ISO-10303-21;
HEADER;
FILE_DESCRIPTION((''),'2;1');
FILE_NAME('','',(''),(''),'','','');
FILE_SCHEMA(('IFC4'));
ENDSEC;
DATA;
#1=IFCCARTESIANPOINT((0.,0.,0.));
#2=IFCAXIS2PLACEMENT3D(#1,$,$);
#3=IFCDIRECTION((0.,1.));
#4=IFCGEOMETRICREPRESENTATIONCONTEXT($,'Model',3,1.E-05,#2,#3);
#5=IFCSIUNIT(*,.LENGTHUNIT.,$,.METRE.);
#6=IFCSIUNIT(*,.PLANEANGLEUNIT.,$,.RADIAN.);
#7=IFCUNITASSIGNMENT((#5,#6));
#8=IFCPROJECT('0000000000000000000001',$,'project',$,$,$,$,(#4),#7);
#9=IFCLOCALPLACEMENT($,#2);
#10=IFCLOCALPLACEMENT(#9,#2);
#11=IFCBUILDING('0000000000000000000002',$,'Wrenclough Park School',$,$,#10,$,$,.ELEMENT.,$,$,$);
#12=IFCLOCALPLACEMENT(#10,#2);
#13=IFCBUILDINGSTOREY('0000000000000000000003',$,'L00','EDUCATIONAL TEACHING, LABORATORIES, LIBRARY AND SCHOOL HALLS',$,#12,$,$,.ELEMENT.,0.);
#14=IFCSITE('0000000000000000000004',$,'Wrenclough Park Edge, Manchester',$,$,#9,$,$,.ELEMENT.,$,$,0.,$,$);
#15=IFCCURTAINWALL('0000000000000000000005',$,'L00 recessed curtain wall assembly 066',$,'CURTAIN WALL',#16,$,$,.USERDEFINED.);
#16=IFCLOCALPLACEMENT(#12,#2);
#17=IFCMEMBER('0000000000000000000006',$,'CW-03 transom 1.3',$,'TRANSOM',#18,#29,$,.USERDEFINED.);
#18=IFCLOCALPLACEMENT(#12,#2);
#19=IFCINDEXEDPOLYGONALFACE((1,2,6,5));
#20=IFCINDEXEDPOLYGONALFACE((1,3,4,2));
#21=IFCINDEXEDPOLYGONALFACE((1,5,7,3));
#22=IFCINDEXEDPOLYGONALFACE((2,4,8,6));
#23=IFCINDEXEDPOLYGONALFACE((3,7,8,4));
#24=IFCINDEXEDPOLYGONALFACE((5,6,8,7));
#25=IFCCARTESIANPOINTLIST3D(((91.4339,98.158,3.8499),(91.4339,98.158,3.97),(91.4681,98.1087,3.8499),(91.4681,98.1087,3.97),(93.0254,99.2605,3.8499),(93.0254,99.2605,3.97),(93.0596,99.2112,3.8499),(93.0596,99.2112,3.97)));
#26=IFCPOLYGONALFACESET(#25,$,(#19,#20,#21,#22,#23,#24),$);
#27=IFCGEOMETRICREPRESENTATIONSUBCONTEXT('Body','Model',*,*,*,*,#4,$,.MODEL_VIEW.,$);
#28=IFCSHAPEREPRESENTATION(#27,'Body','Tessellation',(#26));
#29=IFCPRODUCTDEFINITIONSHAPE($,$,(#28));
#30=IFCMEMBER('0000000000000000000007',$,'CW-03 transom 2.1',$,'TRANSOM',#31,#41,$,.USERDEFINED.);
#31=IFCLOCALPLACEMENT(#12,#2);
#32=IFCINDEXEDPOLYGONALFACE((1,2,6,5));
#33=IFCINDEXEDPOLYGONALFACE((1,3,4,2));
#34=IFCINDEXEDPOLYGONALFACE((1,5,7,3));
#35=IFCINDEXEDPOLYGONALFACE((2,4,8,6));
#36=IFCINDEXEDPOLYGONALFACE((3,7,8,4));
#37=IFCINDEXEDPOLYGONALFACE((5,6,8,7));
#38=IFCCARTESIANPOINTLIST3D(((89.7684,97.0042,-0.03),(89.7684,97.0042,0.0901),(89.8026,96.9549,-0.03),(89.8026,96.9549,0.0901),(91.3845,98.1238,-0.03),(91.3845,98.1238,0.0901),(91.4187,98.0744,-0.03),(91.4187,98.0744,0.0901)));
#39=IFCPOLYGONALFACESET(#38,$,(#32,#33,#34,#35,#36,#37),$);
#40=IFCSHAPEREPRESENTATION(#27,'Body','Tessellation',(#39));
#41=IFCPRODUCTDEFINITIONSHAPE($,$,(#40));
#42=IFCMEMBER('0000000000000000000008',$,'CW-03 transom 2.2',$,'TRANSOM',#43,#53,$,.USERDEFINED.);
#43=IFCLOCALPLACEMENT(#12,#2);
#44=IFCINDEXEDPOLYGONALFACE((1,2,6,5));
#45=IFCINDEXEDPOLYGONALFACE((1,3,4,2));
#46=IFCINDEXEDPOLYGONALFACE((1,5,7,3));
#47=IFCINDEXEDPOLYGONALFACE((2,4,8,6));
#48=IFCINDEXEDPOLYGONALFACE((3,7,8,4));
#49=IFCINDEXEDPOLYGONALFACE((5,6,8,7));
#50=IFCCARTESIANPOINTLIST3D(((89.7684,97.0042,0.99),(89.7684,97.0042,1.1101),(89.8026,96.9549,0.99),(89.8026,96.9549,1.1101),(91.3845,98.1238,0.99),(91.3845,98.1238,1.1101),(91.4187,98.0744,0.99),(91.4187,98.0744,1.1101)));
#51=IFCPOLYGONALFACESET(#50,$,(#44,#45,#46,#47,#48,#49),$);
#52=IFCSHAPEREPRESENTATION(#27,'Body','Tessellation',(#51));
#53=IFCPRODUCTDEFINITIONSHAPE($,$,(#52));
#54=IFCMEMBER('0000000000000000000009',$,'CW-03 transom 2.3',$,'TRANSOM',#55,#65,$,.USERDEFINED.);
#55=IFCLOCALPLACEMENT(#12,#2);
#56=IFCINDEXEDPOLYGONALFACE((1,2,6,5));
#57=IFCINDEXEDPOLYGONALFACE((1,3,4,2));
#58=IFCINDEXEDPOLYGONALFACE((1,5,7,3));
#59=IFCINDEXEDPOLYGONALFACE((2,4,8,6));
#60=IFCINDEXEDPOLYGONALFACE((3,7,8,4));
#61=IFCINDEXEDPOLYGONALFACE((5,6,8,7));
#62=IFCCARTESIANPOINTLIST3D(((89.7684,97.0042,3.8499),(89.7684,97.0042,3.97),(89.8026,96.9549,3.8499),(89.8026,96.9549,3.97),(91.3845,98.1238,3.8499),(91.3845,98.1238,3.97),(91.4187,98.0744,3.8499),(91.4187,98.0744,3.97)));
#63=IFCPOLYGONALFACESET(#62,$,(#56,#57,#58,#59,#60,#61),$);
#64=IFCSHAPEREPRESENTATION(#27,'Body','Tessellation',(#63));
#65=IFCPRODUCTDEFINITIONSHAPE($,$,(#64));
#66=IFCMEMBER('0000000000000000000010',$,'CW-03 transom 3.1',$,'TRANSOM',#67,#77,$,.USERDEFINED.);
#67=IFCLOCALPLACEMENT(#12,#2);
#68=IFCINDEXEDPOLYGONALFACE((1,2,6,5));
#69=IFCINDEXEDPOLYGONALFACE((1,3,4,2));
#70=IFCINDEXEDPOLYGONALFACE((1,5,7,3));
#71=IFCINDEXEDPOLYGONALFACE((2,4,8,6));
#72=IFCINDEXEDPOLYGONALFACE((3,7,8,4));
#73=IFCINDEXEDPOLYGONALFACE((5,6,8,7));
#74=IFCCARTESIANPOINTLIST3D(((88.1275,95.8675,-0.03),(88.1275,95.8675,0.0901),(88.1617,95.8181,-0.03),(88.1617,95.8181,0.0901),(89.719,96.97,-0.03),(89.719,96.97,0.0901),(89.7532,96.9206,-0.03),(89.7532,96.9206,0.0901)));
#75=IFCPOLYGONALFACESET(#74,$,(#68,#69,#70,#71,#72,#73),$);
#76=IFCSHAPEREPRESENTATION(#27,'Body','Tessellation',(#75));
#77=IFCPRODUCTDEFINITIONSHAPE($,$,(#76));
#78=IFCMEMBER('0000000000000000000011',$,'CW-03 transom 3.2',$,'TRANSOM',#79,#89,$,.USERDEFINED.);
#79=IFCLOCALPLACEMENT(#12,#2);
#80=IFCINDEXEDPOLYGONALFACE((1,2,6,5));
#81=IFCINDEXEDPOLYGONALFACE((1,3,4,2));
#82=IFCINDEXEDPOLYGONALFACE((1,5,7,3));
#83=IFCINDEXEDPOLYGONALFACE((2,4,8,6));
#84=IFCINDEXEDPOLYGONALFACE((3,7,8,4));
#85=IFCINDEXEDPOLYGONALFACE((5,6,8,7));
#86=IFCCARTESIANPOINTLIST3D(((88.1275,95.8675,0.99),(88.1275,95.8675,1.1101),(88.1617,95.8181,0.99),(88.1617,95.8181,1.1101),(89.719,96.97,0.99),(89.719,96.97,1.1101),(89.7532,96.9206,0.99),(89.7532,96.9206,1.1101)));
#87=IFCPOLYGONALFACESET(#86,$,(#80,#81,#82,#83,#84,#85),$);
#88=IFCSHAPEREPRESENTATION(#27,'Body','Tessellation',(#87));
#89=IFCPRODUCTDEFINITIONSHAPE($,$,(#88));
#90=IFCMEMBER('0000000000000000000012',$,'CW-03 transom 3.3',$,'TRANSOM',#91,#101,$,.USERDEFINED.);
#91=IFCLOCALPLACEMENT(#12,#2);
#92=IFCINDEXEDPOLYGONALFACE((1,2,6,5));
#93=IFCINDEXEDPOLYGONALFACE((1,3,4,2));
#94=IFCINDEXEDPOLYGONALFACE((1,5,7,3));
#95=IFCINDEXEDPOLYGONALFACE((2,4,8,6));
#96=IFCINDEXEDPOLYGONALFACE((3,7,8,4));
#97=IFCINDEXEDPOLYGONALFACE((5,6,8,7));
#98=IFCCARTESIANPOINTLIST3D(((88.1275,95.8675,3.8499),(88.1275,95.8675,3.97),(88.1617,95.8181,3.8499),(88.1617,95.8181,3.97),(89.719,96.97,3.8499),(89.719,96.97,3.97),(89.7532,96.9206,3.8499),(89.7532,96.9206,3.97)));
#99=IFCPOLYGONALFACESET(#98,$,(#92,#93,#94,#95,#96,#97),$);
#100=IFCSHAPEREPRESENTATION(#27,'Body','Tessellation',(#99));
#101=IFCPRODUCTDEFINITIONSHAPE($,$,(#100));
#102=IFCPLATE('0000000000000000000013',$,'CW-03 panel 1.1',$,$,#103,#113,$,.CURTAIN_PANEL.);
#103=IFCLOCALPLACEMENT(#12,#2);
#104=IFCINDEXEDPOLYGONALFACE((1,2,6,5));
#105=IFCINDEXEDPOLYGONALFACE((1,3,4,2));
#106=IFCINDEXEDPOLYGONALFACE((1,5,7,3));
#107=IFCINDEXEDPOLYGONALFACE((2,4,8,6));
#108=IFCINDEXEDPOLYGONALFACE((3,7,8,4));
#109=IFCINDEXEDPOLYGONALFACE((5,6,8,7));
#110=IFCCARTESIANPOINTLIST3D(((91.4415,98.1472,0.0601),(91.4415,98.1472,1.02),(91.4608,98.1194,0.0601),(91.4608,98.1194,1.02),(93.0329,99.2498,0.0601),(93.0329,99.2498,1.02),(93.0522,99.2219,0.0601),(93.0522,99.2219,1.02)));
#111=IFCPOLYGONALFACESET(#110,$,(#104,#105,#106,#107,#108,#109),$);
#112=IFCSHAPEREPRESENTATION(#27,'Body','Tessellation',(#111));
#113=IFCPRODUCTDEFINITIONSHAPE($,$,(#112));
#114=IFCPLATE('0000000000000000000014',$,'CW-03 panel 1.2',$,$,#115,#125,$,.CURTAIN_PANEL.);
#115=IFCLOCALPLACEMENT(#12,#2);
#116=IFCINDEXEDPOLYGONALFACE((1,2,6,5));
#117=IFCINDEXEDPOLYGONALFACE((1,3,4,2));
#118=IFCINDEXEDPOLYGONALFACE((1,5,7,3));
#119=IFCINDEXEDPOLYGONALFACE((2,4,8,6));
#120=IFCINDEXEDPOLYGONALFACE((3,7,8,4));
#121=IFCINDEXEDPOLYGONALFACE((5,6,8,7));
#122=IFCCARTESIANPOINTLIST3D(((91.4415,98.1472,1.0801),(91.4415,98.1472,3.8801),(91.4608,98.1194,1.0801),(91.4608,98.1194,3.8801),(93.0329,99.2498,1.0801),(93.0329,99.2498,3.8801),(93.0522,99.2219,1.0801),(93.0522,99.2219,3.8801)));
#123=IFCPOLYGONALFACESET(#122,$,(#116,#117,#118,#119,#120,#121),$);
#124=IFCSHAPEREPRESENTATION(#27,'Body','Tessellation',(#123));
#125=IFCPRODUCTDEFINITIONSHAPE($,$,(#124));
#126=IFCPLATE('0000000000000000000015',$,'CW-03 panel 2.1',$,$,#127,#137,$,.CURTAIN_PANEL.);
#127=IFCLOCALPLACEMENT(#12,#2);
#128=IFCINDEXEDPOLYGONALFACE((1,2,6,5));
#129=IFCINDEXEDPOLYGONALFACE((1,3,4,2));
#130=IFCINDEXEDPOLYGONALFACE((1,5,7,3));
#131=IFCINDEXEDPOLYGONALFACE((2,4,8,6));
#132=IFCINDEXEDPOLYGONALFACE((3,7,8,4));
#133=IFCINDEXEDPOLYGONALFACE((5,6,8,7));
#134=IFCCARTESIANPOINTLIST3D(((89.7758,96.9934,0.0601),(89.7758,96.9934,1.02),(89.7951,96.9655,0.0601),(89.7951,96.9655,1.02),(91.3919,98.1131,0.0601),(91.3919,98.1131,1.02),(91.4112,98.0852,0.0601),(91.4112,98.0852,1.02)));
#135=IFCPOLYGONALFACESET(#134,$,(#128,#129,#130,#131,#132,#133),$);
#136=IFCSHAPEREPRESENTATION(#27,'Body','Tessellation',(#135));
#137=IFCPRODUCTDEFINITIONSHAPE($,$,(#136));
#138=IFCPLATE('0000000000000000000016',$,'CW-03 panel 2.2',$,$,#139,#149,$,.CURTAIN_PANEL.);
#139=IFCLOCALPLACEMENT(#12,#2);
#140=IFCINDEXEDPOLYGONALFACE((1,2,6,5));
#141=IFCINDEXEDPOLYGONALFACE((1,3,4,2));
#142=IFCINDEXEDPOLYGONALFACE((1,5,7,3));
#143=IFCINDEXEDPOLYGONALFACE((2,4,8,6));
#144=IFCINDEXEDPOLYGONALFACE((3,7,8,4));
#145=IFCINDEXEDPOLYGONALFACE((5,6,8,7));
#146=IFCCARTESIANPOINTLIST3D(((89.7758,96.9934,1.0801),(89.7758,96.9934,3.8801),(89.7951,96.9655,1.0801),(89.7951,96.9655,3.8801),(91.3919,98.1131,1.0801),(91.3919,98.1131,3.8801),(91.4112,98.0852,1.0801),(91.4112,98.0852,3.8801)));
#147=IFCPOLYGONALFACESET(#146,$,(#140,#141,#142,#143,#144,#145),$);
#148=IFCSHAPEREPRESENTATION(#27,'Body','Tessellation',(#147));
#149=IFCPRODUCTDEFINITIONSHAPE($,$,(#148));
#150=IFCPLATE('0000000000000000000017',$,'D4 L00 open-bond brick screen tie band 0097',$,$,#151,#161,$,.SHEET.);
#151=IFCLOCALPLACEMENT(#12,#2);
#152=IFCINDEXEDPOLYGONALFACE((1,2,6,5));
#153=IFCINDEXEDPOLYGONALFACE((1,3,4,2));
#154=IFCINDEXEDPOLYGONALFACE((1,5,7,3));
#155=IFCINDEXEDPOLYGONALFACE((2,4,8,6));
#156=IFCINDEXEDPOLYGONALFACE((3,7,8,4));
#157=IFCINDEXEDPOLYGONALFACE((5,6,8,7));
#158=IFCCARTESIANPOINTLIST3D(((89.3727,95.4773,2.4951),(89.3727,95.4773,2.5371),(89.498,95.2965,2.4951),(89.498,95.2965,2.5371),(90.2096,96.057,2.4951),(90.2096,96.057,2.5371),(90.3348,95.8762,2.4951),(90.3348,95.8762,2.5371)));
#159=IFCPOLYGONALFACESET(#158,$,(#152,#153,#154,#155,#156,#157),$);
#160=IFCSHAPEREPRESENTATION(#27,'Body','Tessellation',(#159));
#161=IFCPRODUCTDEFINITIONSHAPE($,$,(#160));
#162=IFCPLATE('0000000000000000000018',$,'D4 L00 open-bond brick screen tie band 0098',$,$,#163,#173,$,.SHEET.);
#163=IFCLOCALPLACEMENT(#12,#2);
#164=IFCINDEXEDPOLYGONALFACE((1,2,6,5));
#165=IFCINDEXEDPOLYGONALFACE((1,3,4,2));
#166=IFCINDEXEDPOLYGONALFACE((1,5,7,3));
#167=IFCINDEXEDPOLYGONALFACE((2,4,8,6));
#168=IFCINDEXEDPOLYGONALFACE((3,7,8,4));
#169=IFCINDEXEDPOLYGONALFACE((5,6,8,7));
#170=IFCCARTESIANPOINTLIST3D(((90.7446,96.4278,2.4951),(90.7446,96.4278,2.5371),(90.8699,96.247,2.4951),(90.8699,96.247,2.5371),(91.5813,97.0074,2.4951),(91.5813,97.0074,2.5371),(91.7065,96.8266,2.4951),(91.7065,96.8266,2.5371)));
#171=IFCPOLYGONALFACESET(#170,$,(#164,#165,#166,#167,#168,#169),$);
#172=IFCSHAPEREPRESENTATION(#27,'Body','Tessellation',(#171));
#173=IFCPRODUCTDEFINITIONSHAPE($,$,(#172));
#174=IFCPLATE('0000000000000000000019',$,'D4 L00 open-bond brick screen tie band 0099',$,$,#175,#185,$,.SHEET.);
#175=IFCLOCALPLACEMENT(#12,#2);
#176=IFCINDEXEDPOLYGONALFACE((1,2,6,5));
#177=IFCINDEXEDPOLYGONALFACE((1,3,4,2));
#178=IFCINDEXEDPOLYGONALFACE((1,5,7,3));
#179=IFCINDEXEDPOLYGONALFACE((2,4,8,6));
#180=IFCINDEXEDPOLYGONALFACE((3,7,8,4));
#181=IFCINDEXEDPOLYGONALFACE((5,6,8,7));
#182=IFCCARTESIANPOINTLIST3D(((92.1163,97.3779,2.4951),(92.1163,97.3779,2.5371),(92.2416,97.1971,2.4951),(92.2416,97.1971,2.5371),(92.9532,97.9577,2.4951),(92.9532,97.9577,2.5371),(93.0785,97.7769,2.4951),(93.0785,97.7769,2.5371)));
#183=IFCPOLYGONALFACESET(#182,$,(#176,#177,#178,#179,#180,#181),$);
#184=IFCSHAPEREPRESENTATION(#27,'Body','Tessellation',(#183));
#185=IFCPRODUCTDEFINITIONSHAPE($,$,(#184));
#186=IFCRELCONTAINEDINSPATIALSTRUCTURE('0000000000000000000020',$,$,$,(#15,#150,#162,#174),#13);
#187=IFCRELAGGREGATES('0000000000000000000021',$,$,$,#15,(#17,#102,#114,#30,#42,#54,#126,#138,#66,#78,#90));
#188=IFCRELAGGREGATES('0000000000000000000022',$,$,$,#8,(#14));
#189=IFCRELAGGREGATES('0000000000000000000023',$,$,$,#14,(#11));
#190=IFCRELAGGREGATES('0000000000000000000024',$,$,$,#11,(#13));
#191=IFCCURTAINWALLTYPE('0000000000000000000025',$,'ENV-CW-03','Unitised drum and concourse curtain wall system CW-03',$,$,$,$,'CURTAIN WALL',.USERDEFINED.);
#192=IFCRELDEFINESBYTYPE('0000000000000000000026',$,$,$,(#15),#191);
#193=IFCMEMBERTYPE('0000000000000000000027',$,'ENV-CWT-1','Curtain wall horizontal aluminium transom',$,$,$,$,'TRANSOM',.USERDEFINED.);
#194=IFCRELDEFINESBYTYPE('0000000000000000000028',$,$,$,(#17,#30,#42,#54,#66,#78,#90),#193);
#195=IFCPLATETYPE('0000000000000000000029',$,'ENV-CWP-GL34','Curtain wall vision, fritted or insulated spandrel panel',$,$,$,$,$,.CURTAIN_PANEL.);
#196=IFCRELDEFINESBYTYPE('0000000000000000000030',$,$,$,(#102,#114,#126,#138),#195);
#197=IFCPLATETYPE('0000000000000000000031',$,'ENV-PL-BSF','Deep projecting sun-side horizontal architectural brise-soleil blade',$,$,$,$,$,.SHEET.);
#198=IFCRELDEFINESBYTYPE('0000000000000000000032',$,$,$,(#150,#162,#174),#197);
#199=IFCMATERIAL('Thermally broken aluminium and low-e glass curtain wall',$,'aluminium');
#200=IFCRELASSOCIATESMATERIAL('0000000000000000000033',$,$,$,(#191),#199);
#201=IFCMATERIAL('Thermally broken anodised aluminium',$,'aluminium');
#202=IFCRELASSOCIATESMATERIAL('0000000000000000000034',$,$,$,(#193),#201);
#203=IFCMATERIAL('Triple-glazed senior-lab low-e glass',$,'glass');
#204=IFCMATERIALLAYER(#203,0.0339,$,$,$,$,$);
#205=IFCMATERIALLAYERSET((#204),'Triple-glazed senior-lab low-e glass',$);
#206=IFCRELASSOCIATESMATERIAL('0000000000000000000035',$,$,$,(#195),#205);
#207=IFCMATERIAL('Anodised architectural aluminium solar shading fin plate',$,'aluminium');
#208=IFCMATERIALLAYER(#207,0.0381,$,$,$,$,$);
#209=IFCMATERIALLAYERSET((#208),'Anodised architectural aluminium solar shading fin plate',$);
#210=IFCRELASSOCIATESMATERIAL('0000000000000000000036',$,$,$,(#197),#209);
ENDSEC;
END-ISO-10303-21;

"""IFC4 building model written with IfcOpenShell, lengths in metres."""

from ifc_helpers import new_model, si_unit, direction, frame, origin, origin_2d, place, context, subcontext, project, spatial, rectangle, extrude, material, layer, layer_set, material_profile, profile_set, type_object, element, aggregate, save


model = new_model("IFC4")

# Units and contexts
model_context = context("Model", 3, precision=1e-05, world=origin(), true_north=direction((0.0, 1.0)))
body_context = subcontext(model_context, "Body", "Model", "MODEL_VIEW")
ifc_project = project(units=[si_unit("LENGTHUNIT", "METRE"), si_unit("PLANEANGLEUNIT", "RADIAN")], contexts=[model_context])

# Site, building, storey
site_placement = place(None, origin())
site = spatial("IfcSite", under=ifc_project, at=site_placement, Name="Wrenclough Park Edge, Manchester", CompositionType="ELEMENT", RefElevation=0.0)
building_placement = place(site_placement, origin())
building = spatial("IfcBuilding", under=site, at=building_placement, Name="Wrenclough Park School", CompositionType="ELEMENT")
storey_placement = place(building_placement, origin())
storey = spatial("IfcBuildingStorey", under=building, at=storey_placement, Name="L00", Description="EDUCATIONAL TEACHING, LABORATORIES, LIBRARY AND SCHOOL HALLS", CompositionType="ELEMENT", Elevation=0.0)

# Curtain wall, members, plates
ifc_material_1 = material(Name="Thermally broken aluminium and low-e glass curtain wall", Category="aluminium")
curtain_wall_type = type_object("IfcCurtainWallType", Name="ENV-CW-03", Description="Unitised drum and concourse curtain wall system CW-03", ElementType="CURTAIN WALL", PredefinedType="USERDEFINED", material=ifc_material_1)
curtain_wall_placement = place(storey_placement, origin())
curtain_wall = element("IfcCurtainWall", 1, at=curtain_wall_placement, inside=storey, type_object=curtain_wall_type, Name="L00 recessed curtain wall assembly 066", ObjectType="CURTAIN WALL", PredefinedType="USERDEFINED")
ifc_material_2 = material(Name="Thermally broken anodised aluminium", Category="aluminium")
ifc_material_profile_1 = material_profile(ifc_material_2, rectangle(XDim=0.0601, YDim=0.1201, at=origin_2d()), Name="AL TRANSOM 60x120")
ifc_profile_set_1 = profile_set([ifc_material_profile_1], Name="Thermally broken anodised aluminium")
member_type_1 = type_object("IfcMemberType", Name="ENV-CWT-1", Description="Curtain wall horizontal aluminium transom", ElementType="TRANSOM", PredefinedType="USERDEFINED", material=ifc_profile_set_1)
member_1_placement = place(storey_placement, frame((93.0425, 99.2358, 3.9099), z_axis=(-0.822024, -0.569453, 0.0), x_axis=(0.569453, -0.822024, 0.0)))
member_1 = element("IfcMember", 2, at=member_1_placement, type_object=member_type_1, Name="CW-03 transom 1.3", ObjectType="TRANSOM", PredefinedType="USERDEFINED", context=body_context, shape_type="SweptSolid", body=[
    extrude(rectangle(XDim=0.0601, YDim=0.1201, at=origin_2d()), origin(), (0.0, 0.0, 1.0), 1.936),
])
member_2_placement = place(storey_placement, frame((91.4016, 98.0991, 0.03), z_axis=(-0.822022, -0.569455, 0.0), x_axis=(0.569455, -0.822022, 0.0)))
member_2 = element("IfcMember", 3, at=member_2_placement, type_object=member_type_1, Name="CW-03 transom 2.1", ObjectType="TRANSOM", PredefinedType="USERDEFINED", context=body_context, shape_type="SweptSolid", body=[
    extrude(rectangle(XDim=0.0601, YDim=0.1201, at=origin_2d()), origin(), (0.0, 0.0, 1.0), 1.9661),
])
member_3_placement = place(storey_placement, frame((91.4016, 98.0991, 1.05), z_axis=(-0.822022, -0.569455, 0.0), x_axis=(0.569455, -0.822022, 0.0)))
member_3 = element("IfcMember", 4, at=member_3_placement, type_object=member_type_1, Name="CW-03 transom 2.2", ObjectType="TRANSOM", PredefinedType="USERDEFINED", context=body_context, shape_type="SweptSolid", body=[
    extrude(rectangle(XDim=0.0601, YDim=0.1201, at=origin_2d()), origin(), (0.0, 0.0, 1.0), 1.9661),
])
member_4_placement = place(storey_placement, frame((91.4016, 98.0991, 3.9099), z_axis=(-0.822022, -0.569455, 0.0), x_axis=(0.569455, -0.822022, 0.0)))
member_4 = element("IfcMember", 5, at=member_4_placement, type_object=member_type_1, Name="CW-03 transom 2.3", ObjectType="TRANSOM", PredefinedType="USERDEFINED", context=body_context, shape_type="SweptSolid", body=[
    extrude(rectangle(XDim=0.0601, YDim=0.1201, at=origin_2d()), origin(), (0.0, 0.0, 1.0), 1.9661),
])
member_5_placement = place(storey_placement, frame((89.7361, 96.9453, 0.03), z_axis=(-0.822024, -0.569453, 0.0), x_axis=(0.569453, -0.822024, 0.0)))
member_5 = element("IfcMember", 6, at=member_5_placement, type_object=member_type_1, Name="CW-03 transom 3.1", ObjectType="TRANSOM", PredefinedType="USERDEFINED", context=body_context, shape_type="SweptSolid", body=[
    extrude(rectangle(XDim=0.0601, YDim=0.1201, at=origin_2d()), origin(), (0.0, 0.0, 1.0), 1.936),
])
member_6_placement = place(storey_placement, frame((89.7361, 96.9453, 1.05), z_axis=(-0.822024, -0.569453, 0.0), x_axis=(0.569453, -0.822024, 0.0)))
member_6 = element("IfcMember", 7, at=member_6_placement, type_object=member_type_1, Name="CW-03 transom 3.2", ObjectType="TRANSOM", PredefinedType="USERDEFINED", context=body_context, shape_type="SweptSolid", body=[
    extrude(rectangle(XDim=0.0601, YDim=0.1201, at=origin_2d()), origin(), (0.0, 0.0, 1.0), 1.936),
])
member_7_placement = place(storey_placement, frame((89.7361, 96.9453, 3.9099), z_axis=(-0.822024, -0.569453, 0.0), x_axis=(0.569453, -0.822024, 0.0)))
member_7 = element("IfcMember", 8, at=member_7_placement, type_object=member_type_1, Name="CW-03 transom 3.3", ObjectType="TRANSOM", PredefinedType="USERDEFINED", context=body_context, shape_type="SweptSolid", body=[
    extrude(rectangle(XDim=0.0601, YDim=0.1201, at=origin_2d()), origin(), (0.0, 0.0, 1.0), 1.936),
])
ifc_material_3 = material(Name="Triple-glazed senior-lab low-e glass", Category="glass")
ifc_layer_1 = layer(ifc_material_3, 0.0339)
ifc_layer_set_1 = layer_set([ifc_layer_1], Name="Triple-glazed senior-lab low-e glass")
plate_type_1 = type_object("IfcPlateType", Name="ENV-CWP-GL34", Description="Curtain wall vision, fritted or insulated spandrel panel", PredefinedType="CURTAIN_PANEL", material=ifc_layer_set_1)
plate_1_placement = place(storey_placement, frame((92.2468, 98.6846, 0.0601), z_axis=(0.0, 0.0, 1.0), x_axis=(-0.822001, -0.569486, 0.0)))
plate_1 = element("IfcPlate", 9, at=plate_1_placement, type_object=plate_type_1, Name="CW-03 panel 1.1", PredefinedType="CURTAIN_PANEL", context=body_context, shape_type="SweptSolid", body=[
    extrude(rectangle(XDim=1.936, YDim=0.0339, at=origin_2d()), origin(), (0.0, 0.0, 1.0), 0.96),
])
plate_2_placement = place(storey_placement, frame((92.2468, 98.6846, 1.0801), z_axis=(0.0, 0.0, 1.0), x_axis=(-0.822001, -0.569486, 0.0)))
plate_2 = element("IfcPlate", 10, at=plate_2_placement, type_object=plate_type_1, Name="CW-03 panel 1.2", PredefinedType="CURTAIN_PANEL", context=body_context, shape_type="SweptSolid", body=[
    extrude(rectangle(XDim=1.936, YDim=0.0339, at=origin_2d()), origin(), (0.0, 0.0, 1.0), 2.8),
])
plate_3_placement = place(storey_placement, frame((90.5935, 97.5393, 0.0601), z_axis=(0.0, 0.0, 1.0), x_axis=(-0.822001, -0.569486, 0.0)))
plate_3 = element("IfcPlate", 11, at=plate_3_placement, type_object=plate_type_1, Name="CW-03 panel 2.1", PredefinedType="CURTAIN_PANEL", context=body_context, shape_type="SweptSolid", body=[
    extrude(rectangle(XDim=1.9661, YDim=0.0339, at=origin_2d()), origin(), (0.0, 0.0, 1.0), 0.96),
])
plate_4_placement = place(storey_placement, frame((90.5935, 97.5393, 1.0801), z_axis=(0.0, 0.0, 1.0), x_axis=(-0.822001, -0.569486, 0.0)))
plate_4 = element("IfcPlate", 12, at=plate_4_placement, type_object=plate_type_1, Name="CW-03 panel 2.2", PredefinedType="CURTAIN_PANEL", context=body_context, shape_type="SweptSolid", body=[
    extrude(rectangle(XDim=1.9661, YDim=0.0339, at=origin_2d()), origin(), (0.0, 0.0, 1.0), 2.8),
])
aggregate(curtain_wall, [member_1, plate_1, plate_2, member_2, member_3, member_4, plate_3, plate_4, member_5, member_6, member_7])

# Plates
ifc_material_4 = material(Name="Anodised architectural aluminium solar shading fin plate", Category="aluminium")
ifc_layer_2 = layer(ifc_material_4, 0.0381)
ifc_layer_set_2 = layer_set([ifc_layer_2], Name="Anodised architectural aluminium solar shading fin plate")
plate_type_2 = type_object("IfcPlateType", Name="ENV-PL-BSF", Description="Deep projecting sun-side horizontal architectural brise-soleil blade", PredefinedType="SHEET", material=ifc_layer_set_2)
plate_5_placement = place(storey_placement, frame((89.8538, 95.6768, 2.4951), z_axis=(0.0, 0.0, 1.0), x_axis=(0.822008, 0.569476, 0.0)))
element("IfcPlate", 13, at=plate_5_placement, inside=storey, type_object=plate_type_2, Name="D4 L00 open-bond brick screen tie band 0097", PredefinedType="SHEET", context=body_context, shape_type="SweptSolid", body=[
    extrude(rectangle(XDim=1.0181, YDim=0.22, at=origin_2d()), origin(), (0.0, 0.0, 1.0), 0.042),
])
plate_6_placement = place(storey_placement, frame((91.2256, 96.6272, 2.4951), z_axis=(0.0, 0.0, 1.0), x_axis=(0.822008, 0.569476, 0.0)))
element("IfcPlate", 14, at=plate_6_placement, inside=storey, type_object=plate_type_2, Name="D4 L00 open-bond brick screen tie band 0098", PredefinedType="SHEET", context=body_context, shape_type="SweptSolid", body=[
    extrude(rectangle(XDim=1.0178, YDim=0.22, at=origin_2d()), origin(), (0.0, 0.0, 1.0), 0.042),
])
plate_7_placement = place(storey_placement, frame((92.5974, 97.5774, 2.4951), z_axis=(0.0, 0.0, 1.0), x_axis=(0.822008, 0.569476, 0.0)))
element("IfcPlate", 15, at=plate_7_placement, inside=storey, type_object=plate_type_2, Name="D4 L00 open-bond brick screen tie band 0099", PredefinedType="SHEET", context=body_context, shape_type="SweptSolid", body=[
    extrude(rectangle(XDim=1.0181, YDim=0.22, at=origin_2d()), origin(), (0.0, 0.0, 1.0), 0.042),
])

save(model, "model.ifc")
